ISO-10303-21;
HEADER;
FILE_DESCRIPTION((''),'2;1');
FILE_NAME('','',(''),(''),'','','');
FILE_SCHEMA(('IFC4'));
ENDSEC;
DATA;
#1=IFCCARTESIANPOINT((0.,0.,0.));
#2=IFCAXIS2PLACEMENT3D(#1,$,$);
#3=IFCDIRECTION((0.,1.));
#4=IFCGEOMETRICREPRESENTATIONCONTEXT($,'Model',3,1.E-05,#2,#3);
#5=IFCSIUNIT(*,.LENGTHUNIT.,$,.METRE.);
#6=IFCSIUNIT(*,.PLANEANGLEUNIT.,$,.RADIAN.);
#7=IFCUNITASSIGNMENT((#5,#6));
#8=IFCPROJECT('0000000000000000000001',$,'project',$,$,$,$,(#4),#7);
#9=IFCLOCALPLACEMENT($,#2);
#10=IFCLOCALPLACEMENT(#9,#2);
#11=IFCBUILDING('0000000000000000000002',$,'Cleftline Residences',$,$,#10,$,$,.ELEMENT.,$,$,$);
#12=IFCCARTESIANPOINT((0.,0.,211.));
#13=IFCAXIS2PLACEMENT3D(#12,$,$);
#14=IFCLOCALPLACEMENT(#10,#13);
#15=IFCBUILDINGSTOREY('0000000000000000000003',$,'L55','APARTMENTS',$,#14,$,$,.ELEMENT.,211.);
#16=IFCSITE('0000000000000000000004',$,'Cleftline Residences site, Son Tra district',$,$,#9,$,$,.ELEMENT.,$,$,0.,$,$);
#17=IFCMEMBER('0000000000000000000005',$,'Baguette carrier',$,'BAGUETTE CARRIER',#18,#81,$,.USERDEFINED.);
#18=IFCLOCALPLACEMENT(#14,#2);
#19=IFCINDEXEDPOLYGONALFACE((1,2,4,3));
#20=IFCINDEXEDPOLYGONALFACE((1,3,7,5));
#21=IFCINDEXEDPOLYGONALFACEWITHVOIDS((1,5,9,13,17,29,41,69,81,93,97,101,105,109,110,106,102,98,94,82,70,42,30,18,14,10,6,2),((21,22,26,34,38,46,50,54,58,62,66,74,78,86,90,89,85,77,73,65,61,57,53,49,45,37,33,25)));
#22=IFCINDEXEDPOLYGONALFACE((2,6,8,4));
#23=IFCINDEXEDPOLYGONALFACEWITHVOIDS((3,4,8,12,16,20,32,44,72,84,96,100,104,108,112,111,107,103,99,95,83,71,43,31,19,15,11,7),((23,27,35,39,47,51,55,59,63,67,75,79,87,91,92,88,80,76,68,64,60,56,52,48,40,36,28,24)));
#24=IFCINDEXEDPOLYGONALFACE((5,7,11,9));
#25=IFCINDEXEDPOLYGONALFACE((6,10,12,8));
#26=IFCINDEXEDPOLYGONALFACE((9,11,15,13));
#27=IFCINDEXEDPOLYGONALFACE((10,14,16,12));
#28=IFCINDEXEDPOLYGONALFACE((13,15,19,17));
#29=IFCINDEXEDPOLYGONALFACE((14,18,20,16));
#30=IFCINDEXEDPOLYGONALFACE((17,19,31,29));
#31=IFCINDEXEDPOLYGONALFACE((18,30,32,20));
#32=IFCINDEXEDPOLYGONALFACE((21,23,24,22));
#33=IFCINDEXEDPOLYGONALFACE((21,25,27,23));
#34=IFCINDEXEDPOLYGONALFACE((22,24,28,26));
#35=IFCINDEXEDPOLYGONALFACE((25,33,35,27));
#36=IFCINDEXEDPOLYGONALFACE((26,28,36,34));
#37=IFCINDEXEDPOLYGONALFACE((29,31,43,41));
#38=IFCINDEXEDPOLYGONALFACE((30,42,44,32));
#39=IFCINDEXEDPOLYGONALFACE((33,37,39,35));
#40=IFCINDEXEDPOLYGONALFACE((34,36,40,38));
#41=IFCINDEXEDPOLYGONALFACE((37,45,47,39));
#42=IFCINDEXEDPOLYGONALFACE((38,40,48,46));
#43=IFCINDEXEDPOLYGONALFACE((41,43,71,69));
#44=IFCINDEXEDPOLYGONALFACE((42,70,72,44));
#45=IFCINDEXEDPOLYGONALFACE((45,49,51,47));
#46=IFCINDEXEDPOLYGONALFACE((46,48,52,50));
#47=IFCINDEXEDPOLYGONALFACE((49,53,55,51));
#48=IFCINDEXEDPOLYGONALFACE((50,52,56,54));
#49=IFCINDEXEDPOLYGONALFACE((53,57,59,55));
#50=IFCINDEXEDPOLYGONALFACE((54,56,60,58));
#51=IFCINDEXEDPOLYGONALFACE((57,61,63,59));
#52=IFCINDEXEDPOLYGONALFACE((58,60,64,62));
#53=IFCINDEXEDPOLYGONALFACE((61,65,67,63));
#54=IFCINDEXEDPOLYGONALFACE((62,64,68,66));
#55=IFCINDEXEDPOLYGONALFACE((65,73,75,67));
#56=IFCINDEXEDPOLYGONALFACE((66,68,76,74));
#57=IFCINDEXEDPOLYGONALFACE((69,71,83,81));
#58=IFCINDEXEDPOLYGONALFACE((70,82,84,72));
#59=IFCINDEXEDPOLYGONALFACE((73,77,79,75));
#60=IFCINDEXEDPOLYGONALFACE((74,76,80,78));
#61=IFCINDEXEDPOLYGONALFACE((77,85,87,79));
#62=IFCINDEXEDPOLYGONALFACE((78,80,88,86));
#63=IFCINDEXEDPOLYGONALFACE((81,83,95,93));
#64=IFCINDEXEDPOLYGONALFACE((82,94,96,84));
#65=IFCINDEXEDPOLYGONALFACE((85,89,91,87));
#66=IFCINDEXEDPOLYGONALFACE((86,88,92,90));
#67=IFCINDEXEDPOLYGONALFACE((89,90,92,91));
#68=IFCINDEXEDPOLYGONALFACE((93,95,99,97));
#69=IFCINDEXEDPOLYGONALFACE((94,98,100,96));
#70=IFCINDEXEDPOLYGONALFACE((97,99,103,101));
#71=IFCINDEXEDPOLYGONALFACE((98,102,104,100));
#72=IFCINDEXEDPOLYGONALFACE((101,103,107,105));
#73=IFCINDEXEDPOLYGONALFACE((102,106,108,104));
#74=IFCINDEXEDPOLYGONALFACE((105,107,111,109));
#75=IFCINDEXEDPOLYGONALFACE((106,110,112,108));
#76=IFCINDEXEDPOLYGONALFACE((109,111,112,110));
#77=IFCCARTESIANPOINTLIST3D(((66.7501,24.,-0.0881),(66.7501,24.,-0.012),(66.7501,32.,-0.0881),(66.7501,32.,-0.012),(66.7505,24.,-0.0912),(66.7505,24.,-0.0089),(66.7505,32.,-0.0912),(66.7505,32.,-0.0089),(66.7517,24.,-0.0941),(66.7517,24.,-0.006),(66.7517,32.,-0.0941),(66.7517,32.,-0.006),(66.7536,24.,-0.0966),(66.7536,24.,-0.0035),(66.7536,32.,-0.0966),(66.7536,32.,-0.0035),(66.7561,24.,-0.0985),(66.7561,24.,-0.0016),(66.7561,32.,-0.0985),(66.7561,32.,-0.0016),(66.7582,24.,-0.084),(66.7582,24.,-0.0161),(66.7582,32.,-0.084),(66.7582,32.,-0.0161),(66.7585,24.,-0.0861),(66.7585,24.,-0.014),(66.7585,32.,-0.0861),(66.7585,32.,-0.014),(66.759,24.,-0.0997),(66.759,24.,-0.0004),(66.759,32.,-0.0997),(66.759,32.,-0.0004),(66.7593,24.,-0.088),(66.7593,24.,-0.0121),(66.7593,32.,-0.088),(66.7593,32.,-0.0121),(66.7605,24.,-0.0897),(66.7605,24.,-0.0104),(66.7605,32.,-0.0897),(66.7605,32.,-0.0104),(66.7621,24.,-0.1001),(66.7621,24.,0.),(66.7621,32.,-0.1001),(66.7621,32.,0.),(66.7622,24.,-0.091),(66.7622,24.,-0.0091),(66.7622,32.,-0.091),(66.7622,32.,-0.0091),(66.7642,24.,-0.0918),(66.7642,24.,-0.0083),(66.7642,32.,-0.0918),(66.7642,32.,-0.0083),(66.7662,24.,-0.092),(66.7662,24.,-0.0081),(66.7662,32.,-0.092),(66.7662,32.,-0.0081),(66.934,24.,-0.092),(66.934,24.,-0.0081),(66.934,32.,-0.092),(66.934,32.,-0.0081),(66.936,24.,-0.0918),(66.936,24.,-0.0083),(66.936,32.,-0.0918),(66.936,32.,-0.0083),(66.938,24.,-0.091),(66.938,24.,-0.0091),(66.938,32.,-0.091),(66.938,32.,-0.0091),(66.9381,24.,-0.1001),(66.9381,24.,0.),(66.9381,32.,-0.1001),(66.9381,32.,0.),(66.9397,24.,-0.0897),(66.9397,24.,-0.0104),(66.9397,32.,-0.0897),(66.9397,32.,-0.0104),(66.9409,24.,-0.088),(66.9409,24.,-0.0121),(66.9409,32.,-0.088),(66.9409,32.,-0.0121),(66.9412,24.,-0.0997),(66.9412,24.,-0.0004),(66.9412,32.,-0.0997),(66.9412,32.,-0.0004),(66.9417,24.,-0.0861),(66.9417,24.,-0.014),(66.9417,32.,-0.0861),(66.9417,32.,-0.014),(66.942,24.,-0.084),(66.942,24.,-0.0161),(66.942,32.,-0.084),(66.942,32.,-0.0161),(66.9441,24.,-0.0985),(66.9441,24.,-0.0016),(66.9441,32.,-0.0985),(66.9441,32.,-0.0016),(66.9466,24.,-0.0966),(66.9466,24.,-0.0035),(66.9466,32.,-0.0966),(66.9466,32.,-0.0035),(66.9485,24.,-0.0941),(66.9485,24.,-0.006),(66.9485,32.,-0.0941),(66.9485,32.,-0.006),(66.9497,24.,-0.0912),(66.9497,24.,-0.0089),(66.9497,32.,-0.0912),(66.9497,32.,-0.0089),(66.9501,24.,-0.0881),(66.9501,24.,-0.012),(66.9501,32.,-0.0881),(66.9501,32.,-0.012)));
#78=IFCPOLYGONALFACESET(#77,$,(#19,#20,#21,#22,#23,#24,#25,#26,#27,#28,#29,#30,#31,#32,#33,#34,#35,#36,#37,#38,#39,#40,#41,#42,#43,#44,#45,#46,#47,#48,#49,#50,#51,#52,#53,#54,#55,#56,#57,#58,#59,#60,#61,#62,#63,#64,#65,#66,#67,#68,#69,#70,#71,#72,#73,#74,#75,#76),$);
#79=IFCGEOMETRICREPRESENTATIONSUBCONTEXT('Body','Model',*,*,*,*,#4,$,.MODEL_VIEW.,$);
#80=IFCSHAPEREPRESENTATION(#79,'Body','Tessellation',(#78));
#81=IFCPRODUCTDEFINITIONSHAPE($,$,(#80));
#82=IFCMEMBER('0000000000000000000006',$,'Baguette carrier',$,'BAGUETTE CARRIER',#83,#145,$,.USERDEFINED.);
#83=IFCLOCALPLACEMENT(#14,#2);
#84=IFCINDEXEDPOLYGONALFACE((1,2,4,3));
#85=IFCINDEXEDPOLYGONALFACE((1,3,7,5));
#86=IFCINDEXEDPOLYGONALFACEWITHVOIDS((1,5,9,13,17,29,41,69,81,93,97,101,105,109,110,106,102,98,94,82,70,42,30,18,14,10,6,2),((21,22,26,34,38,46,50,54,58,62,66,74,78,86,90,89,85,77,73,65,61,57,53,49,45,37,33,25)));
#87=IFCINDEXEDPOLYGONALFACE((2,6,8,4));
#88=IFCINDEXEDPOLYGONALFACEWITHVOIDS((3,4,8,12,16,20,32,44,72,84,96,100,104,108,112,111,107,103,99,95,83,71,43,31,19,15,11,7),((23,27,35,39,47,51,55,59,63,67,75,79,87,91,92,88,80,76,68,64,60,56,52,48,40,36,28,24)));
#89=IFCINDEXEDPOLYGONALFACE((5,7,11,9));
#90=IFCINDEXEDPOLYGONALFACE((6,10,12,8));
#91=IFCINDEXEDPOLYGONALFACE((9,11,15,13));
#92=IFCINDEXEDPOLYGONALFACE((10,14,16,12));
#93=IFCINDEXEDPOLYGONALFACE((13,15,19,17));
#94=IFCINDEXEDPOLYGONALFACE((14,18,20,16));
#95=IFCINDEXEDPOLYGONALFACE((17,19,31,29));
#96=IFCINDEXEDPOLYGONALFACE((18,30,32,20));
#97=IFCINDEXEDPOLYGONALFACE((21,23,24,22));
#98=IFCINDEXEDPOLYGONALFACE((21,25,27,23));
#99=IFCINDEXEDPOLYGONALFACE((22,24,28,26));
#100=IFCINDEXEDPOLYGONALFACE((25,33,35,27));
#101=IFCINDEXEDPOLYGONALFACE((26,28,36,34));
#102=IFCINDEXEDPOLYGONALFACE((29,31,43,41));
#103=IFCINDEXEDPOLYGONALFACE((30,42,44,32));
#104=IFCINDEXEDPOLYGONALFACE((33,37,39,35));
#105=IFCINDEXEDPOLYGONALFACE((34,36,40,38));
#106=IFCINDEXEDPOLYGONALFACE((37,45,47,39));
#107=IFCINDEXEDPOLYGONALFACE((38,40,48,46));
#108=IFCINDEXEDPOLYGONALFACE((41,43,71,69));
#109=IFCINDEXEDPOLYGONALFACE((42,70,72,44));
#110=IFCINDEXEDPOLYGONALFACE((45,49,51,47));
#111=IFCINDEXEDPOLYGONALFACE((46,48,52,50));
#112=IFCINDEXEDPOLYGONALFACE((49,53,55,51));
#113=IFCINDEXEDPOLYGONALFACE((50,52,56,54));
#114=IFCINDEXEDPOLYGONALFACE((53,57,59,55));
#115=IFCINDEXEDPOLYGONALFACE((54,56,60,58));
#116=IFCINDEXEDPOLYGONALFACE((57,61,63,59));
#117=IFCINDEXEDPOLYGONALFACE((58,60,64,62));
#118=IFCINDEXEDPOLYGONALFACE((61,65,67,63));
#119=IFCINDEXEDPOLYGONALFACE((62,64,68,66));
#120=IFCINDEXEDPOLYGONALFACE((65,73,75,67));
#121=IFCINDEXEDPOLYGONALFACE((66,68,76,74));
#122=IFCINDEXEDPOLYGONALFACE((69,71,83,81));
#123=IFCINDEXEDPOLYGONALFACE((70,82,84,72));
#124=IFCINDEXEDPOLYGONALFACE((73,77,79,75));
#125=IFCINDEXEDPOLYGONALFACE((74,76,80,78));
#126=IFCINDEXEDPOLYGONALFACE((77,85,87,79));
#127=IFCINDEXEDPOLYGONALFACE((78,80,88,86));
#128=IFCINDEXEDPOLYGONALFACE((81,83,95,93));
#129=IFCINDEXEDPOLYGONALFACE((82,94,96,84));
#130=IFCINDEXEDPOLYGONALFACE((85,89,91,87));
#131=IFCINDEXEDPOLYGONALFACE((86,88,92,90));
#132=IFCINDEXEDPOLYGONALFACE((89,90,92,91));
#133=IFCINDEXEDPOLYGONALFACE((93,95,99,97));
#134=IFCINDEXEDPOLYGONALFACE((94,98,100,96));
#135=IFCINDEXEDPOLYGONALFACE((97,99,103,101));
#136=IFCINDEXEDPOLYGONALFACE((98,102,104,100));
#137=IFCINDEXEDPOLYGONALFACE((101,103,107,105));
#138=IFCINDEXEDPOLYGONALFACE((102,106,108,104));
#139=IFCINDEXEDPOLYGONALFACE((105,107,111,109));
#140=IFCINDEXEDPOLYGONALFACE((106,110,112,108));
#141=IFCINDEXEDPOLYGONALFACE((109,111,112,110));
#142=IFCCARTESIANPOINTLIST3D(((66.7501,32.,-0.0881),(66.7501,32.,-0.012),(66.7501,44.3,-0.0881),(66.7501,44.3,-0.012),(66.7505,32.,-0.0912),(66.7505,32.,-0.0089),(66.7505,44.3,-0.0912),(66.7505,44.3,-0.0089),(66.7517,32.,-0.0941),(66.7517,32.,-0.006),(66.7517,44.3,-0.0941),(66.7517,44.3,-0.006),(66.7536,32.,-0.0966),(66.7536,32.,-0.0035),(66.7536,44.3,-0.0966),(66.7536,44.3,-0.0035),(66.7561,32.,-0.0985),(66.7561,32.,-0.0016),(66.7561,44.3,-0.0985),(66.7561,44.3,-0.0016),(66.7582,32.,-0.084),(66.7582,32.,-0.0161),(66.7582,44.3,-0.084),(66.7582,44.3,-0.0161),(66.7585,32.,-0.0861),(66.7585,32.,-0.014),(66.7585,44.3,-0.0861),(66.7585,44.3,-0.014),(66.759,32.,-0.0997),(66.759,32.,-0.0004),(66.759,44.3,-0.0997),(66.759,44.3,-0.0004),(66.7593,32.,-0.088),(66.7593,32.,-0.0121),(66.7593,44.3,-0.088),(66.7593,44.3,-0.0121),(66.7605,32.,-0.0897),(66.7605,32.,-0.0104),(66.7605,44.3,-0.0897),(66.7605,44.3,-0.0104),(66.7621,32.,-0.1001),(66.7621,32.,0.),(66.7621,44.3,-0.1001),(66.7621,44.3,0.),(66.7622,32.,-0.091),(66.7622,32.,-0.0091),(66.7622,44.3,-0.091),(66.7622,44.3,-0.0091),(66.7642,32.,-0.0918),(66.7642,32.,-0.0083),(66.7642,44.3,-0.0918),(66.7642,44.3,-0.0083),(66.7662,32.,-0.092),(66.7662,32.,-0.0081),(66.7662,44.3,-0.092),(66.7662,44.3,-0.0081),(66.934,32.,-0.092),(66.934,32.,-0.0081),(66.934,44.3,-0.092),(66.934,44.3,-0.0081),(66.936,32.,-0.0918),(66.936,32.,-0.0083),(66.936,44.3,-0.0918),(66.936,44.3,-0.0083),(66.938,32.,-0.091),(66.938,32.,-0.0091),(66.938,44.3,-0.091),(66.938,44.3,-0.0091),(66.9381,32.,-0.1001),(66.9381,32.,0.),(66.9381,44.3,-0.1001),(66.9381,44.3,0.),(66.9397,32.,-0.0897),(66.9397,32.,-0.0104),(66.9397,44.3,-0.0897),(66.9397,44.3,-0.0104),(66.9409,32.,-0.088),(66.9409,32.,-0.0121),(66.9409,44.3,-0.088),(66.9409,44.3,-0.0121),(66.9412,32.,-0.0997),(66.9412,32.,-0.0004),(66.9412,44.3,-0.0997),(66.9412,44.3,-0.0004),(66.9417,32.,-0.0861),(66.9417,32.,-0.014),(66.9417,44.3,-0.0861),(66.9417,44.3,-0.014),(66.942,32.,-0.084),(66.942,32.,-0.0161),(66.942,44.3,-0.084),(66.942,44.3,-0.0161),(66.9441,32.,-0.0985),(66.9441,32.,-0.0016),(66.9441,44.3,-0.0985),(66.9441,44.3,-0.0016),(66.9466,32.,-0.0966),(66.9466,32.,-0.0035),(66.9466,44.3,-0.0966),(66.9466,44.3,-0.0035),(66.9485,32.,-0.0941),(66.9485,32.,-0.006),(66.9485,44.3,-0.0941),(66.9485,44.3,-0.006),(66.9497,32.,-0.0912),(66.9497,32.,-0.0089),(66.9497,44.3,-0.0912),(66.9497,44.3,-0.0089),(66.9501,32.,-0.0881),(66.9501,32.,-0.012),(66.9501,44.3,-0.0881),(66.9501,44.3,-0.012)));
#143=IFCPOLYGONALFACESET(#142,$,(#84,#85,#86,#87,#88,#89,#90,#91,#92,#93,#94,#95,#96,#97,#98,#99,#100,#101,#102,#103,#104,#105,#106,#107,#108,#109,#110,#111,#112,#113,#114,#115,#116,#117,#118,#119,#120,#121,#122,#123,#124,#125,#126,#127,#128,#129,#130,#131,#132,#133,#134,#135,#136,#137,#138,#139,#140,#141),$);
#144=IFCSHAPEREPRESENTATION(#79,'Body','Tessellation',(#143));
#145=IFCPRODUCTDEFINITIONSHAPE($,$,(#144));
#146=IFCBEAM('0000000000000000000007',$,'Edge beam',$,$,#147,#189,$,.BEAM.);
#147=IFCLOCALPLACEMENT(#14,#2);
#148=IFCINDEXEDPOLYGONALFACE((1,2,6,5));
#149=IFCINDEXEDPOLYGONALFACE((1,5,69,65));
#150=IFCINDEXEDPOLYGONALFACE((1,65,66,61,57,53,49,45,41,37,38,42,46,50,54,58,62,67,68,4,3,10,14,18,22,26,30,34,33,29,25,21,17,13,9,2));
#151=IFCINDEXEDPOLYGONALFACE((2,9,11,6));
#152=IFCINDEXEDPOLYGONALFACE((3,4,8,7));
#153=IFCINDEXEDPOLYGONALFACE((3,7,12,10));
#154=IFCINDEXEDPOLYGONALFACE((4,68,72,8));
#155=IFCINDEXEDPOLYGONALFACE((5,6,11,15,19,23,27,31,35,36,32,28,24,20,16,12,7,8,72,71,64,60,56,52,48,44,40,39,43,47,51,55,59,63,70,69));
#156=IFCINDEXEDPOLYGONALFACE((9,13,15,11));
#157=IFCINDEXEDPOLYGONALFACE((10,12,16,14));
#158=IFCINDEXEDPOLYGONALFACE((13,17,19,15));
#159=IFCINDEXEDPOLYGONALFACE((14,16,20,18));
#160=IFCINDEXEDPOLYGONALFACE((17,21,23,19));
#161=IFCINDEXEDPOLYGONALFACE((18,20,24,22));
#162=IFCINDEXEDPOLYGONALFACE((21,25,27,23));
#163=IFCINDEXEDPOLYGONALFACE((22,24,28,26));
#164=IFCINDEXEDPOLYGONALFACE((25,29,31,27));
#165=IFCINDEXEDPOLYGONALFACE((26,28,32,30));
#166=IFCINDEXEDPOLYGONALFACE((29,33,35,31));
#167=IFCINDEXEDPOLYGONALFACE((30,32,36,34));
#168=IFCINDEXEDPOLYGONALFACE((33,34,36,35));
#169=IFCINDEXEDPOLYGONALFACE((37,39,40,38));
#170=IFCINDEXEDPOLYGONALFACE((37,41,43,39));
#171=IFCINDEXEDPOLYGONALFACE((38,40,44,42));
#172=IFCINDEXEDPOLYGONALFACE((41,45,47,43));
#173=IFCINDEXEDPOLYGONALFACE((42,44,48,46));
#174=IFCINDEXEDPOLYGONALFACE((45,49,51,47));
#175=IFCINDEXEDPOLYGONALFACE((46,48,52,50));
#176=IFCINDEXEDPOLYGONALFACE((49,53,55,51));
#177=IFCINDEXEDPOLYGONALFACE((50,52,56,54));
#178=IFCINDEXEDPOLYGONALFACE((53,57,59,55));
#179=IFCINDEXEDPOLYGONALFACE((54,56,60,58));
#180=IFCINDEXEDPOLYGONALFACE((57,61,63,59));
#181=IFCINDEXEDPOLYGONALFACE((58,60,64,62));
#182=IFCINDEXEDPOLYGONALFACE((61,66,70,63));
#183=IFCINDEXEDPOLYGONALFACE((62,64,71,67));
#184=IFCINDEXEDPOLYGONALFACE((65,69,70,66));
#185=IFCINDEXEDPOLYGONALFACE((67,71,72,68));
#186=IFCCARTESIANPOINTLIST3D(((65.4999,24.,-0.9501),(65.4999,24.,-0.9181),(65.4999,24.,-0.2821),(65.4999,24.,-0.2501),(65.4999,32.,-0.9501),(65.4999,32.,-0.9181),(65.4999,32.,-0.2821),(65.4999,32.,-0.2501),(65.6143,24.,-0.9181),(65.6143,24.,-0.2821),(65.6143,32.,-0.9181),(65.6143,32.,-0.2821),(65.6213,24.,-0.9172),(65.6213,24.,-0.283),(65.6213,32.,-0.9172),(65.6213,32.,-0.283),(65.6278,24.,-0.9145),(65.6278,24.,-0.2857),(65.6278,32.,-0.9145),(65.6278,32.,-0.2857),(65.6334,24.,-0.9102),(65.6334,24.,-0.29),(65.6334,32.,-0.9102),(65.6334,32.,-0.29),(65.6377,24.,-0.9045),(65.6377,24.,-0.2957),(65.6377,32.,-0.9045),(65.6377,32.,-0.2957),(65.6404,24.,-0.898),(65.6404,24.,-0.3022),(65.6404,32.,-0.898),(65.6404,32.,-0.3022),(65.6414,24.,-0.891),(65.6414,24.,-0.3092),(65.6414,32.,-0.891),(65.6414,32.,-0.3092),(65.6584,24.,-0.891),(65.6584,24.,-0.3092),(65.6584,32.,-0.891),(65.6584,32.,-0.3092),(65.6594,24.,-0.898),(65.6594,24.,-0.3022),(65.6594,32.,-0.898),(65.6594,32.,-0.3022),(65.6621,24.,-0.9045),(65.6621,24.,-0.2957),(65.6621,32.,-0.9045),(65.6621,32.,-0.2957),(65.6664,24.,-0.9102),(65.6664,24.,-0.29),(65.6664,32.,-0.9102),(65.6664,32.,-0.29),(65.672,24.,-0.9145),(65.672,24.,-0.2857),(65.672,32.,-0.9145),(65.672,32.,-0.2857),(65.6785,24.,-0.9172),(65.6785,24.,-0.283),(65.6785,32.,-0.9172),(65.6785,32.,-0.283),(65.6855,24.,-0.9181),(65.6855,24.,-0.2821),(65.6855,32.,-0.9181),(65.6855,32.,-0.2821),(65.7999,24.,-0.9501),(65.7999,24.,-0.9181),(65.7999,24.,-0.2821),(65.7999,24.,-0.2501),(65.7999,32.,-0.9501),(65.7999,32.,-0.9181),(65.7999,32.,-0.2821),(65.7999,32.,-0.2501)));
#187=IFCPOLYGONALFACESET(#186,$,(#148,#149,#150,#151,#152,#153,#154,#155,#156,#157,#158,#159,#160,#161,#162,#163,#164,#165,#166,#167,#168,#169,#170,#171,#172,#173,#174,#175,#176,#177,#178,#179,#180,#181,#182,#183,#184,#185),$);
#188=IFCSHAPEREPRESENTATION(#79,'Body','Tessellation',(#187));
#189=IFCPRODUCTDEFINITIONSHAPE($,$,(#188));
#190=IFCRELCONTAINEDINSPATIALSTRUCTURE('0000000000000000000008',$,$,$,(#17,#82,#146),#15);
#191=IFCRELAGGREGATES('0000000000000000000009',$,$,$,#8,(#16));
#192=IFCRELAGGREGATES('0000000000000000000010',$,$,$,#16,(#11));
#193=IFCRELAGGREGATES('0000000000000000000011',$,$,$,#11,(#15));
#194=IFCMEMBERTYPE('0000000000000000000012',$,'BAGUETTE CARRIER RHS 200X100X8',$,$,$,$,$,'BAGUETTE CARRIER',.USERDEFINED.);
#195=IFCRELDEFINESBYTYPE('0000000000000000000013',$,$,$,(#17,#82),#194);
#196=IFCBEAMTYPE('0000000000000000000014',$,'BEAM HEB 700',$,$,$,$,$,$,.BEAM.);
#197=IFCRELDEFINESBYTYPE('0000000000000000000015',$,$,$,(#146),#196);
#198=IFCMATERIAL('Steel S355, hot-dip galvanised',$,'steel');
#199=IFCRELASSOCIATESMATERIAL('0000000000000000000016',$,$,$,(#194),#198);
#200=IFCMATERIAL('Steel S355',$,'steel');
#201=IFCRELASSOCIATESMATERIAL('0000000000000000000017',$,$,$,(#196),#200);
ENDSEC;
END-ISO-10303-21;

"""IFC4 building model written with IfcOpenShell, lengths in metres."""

from ifc_helpers import new_model, si_unit, direction, frame, origin, origin_2d, place, context, subcontext, project, spatial, hollow_rectangle, i_section, extrude, material, material_profile, profile_set, type_object, element, save


model = new_model("IFC4")

# Units and contexts
model_context = context("Model", 3, precision=1e-05, world=origin(), true_north=direction((0.0, 1.0)))
body_context = subcontext(model_context, "Body", "Model", "MODEL_VIEW")
ifc_project = project(units=[si_unit("LENGTHUNIT", "METRE"), si_unit("PLANEANGLEUNIT", "RADIAN")], contexts=[model_context])

# Site, building, storey
site_placement = place(None, origin())
site = spatial("IfcSite", under=ifc_project, at=site_placement, Name="Cleftline Residences site, Son Tra district", CompositionType="ELEMENT", RefElevation=0.0)
building_placement = place(site_placement, origin())
building = spatial("IfcBuilding", under=site, at=building_placement, Name="Cleftline Residences", CompositionType="ELEMENT")
storey_placement = place(building_placement, frame((0.0, 0.0, 211.0)))
storey = spatial("IfcBuildingStorey", under=building, at=storey_placement, Name="L55", Description="APARTMENTS", CompositionType="ELEMENT", Elevation=211.0)

# Members
ifc_material_1 = material(Name="Steel S355, hot-dip galvanised", Category="steel")
ifc_material_profile_1 = material_profile(ifc_material_1, hollow_rectangle(XDim=0.1001, YDim=0.2, WallThickness=0.0081, InnerFilletRadius=0.0081, OuterFilletRadius=0.012, at=origin_2d()))
ifc_profile_set_1 = profile_set([ifc_material_profile_1], Name="Steel S355, hot-dip galvanised")
member_type_1 = type_object("IfcMemberType", Name="BAGUETTE CARRIER RHS 200X100X8", ElementType="BAGUETTE CARRIER", PredefinedType="USERDEFINED", material=ifc_profile_set_1)
member_1_placement = place(storey_placement, frame((66.8501, 24.0, -0.05), z_axis=(0.0, 1.0, 0.0), x_axis=(0.0, 0.0, 1.0)))
element("IfcMember", 1, at=member_1_placement, inside=storey, type_object=member_type_1, Name="Baguette carrier", ObjectType="BAGUETTE CARRIER", PredefinedType="USERDEFINED", context=body_context, shape_type="SweptSolid", body=[
    extrude(hollow_rectangle(XDim=0.1001, YDim=0.2, WallThickness=0.0081, InnerFilletRadius=0.0081, OuterFilletRadius=0.012, at=origin_2d()), origin(), (0.0, 0.0, 1.0), 8.0),
])
member_2_placement = place(storey_placement, frame((66.8501, 32.0, -0.05), z_axis=(0.0, 1.0, 0.0), x_axis=(0.0, 0.0, 1.0)))
element("IfcMember", 2, at=member_2_placement, inside=storey, type_object=member_type_1, Name="Baguette carrier", ObjectType="BAGUETTE CARRIER", PredefinedType="USERDEFINED", context=body_context, shape_type="SweptSolid", body=[
    extrude(hollow_rectangle(XDim=0.1001, YDim=0.2, WallThickness=0.0081, InnerFilletRadius=0.0081, OuterFilletRadius=0.012, at=origin_2d()), origin(), (0.0, 0.0, 1.0), 12.3),
])

# Beam
ifc_material_2 = material(Name="Steel S355", Category="steel")
ifc_material_profile_2 = material_profile(ifc_material_2, i_section(OverallWidth=0.3, OverallDepth=0.7, WebThickness=0.0171, FlangeThickness=0.032, FilletRadius=0.0271, at=origin_2d()))
ifc_profile_set_2 = profile_set([ifc_material_profile_2], Name="Steel S355")
beam_type_1 = type_object("IfcBeamType", Name="BEAM HEB 700", PredefinedType="BEAM", material=ifc_profile_set_2)
for number, where, z_axis, x_axis, name in (
    (3, (65.6499, 24.0, -0.6001), (0.0, 1.0, 0.0), (-1.0, 0.0, 0.0), "Edge beam"),
):
    element("IfcBeam", number, at=place(storey_placement, frame(where, z_axis=z_axis, x_axis=x_axis)), inside=storey, type_object=beam_type_1, Name=name, PredefinedType="BEAM", context=body_context, shape_type="SweptSolid", body=[
        extrude(i_section(OverallWidth=0.3, OverallDepth=0.7, WebThickness=0.0171, FlangeThickness=0.032, FilletRadius=0.0271, at=origin_2d()), origin(), (0.0, 0.0, 1.0), 8.0),
    ])

save(model, "model.ifc")
